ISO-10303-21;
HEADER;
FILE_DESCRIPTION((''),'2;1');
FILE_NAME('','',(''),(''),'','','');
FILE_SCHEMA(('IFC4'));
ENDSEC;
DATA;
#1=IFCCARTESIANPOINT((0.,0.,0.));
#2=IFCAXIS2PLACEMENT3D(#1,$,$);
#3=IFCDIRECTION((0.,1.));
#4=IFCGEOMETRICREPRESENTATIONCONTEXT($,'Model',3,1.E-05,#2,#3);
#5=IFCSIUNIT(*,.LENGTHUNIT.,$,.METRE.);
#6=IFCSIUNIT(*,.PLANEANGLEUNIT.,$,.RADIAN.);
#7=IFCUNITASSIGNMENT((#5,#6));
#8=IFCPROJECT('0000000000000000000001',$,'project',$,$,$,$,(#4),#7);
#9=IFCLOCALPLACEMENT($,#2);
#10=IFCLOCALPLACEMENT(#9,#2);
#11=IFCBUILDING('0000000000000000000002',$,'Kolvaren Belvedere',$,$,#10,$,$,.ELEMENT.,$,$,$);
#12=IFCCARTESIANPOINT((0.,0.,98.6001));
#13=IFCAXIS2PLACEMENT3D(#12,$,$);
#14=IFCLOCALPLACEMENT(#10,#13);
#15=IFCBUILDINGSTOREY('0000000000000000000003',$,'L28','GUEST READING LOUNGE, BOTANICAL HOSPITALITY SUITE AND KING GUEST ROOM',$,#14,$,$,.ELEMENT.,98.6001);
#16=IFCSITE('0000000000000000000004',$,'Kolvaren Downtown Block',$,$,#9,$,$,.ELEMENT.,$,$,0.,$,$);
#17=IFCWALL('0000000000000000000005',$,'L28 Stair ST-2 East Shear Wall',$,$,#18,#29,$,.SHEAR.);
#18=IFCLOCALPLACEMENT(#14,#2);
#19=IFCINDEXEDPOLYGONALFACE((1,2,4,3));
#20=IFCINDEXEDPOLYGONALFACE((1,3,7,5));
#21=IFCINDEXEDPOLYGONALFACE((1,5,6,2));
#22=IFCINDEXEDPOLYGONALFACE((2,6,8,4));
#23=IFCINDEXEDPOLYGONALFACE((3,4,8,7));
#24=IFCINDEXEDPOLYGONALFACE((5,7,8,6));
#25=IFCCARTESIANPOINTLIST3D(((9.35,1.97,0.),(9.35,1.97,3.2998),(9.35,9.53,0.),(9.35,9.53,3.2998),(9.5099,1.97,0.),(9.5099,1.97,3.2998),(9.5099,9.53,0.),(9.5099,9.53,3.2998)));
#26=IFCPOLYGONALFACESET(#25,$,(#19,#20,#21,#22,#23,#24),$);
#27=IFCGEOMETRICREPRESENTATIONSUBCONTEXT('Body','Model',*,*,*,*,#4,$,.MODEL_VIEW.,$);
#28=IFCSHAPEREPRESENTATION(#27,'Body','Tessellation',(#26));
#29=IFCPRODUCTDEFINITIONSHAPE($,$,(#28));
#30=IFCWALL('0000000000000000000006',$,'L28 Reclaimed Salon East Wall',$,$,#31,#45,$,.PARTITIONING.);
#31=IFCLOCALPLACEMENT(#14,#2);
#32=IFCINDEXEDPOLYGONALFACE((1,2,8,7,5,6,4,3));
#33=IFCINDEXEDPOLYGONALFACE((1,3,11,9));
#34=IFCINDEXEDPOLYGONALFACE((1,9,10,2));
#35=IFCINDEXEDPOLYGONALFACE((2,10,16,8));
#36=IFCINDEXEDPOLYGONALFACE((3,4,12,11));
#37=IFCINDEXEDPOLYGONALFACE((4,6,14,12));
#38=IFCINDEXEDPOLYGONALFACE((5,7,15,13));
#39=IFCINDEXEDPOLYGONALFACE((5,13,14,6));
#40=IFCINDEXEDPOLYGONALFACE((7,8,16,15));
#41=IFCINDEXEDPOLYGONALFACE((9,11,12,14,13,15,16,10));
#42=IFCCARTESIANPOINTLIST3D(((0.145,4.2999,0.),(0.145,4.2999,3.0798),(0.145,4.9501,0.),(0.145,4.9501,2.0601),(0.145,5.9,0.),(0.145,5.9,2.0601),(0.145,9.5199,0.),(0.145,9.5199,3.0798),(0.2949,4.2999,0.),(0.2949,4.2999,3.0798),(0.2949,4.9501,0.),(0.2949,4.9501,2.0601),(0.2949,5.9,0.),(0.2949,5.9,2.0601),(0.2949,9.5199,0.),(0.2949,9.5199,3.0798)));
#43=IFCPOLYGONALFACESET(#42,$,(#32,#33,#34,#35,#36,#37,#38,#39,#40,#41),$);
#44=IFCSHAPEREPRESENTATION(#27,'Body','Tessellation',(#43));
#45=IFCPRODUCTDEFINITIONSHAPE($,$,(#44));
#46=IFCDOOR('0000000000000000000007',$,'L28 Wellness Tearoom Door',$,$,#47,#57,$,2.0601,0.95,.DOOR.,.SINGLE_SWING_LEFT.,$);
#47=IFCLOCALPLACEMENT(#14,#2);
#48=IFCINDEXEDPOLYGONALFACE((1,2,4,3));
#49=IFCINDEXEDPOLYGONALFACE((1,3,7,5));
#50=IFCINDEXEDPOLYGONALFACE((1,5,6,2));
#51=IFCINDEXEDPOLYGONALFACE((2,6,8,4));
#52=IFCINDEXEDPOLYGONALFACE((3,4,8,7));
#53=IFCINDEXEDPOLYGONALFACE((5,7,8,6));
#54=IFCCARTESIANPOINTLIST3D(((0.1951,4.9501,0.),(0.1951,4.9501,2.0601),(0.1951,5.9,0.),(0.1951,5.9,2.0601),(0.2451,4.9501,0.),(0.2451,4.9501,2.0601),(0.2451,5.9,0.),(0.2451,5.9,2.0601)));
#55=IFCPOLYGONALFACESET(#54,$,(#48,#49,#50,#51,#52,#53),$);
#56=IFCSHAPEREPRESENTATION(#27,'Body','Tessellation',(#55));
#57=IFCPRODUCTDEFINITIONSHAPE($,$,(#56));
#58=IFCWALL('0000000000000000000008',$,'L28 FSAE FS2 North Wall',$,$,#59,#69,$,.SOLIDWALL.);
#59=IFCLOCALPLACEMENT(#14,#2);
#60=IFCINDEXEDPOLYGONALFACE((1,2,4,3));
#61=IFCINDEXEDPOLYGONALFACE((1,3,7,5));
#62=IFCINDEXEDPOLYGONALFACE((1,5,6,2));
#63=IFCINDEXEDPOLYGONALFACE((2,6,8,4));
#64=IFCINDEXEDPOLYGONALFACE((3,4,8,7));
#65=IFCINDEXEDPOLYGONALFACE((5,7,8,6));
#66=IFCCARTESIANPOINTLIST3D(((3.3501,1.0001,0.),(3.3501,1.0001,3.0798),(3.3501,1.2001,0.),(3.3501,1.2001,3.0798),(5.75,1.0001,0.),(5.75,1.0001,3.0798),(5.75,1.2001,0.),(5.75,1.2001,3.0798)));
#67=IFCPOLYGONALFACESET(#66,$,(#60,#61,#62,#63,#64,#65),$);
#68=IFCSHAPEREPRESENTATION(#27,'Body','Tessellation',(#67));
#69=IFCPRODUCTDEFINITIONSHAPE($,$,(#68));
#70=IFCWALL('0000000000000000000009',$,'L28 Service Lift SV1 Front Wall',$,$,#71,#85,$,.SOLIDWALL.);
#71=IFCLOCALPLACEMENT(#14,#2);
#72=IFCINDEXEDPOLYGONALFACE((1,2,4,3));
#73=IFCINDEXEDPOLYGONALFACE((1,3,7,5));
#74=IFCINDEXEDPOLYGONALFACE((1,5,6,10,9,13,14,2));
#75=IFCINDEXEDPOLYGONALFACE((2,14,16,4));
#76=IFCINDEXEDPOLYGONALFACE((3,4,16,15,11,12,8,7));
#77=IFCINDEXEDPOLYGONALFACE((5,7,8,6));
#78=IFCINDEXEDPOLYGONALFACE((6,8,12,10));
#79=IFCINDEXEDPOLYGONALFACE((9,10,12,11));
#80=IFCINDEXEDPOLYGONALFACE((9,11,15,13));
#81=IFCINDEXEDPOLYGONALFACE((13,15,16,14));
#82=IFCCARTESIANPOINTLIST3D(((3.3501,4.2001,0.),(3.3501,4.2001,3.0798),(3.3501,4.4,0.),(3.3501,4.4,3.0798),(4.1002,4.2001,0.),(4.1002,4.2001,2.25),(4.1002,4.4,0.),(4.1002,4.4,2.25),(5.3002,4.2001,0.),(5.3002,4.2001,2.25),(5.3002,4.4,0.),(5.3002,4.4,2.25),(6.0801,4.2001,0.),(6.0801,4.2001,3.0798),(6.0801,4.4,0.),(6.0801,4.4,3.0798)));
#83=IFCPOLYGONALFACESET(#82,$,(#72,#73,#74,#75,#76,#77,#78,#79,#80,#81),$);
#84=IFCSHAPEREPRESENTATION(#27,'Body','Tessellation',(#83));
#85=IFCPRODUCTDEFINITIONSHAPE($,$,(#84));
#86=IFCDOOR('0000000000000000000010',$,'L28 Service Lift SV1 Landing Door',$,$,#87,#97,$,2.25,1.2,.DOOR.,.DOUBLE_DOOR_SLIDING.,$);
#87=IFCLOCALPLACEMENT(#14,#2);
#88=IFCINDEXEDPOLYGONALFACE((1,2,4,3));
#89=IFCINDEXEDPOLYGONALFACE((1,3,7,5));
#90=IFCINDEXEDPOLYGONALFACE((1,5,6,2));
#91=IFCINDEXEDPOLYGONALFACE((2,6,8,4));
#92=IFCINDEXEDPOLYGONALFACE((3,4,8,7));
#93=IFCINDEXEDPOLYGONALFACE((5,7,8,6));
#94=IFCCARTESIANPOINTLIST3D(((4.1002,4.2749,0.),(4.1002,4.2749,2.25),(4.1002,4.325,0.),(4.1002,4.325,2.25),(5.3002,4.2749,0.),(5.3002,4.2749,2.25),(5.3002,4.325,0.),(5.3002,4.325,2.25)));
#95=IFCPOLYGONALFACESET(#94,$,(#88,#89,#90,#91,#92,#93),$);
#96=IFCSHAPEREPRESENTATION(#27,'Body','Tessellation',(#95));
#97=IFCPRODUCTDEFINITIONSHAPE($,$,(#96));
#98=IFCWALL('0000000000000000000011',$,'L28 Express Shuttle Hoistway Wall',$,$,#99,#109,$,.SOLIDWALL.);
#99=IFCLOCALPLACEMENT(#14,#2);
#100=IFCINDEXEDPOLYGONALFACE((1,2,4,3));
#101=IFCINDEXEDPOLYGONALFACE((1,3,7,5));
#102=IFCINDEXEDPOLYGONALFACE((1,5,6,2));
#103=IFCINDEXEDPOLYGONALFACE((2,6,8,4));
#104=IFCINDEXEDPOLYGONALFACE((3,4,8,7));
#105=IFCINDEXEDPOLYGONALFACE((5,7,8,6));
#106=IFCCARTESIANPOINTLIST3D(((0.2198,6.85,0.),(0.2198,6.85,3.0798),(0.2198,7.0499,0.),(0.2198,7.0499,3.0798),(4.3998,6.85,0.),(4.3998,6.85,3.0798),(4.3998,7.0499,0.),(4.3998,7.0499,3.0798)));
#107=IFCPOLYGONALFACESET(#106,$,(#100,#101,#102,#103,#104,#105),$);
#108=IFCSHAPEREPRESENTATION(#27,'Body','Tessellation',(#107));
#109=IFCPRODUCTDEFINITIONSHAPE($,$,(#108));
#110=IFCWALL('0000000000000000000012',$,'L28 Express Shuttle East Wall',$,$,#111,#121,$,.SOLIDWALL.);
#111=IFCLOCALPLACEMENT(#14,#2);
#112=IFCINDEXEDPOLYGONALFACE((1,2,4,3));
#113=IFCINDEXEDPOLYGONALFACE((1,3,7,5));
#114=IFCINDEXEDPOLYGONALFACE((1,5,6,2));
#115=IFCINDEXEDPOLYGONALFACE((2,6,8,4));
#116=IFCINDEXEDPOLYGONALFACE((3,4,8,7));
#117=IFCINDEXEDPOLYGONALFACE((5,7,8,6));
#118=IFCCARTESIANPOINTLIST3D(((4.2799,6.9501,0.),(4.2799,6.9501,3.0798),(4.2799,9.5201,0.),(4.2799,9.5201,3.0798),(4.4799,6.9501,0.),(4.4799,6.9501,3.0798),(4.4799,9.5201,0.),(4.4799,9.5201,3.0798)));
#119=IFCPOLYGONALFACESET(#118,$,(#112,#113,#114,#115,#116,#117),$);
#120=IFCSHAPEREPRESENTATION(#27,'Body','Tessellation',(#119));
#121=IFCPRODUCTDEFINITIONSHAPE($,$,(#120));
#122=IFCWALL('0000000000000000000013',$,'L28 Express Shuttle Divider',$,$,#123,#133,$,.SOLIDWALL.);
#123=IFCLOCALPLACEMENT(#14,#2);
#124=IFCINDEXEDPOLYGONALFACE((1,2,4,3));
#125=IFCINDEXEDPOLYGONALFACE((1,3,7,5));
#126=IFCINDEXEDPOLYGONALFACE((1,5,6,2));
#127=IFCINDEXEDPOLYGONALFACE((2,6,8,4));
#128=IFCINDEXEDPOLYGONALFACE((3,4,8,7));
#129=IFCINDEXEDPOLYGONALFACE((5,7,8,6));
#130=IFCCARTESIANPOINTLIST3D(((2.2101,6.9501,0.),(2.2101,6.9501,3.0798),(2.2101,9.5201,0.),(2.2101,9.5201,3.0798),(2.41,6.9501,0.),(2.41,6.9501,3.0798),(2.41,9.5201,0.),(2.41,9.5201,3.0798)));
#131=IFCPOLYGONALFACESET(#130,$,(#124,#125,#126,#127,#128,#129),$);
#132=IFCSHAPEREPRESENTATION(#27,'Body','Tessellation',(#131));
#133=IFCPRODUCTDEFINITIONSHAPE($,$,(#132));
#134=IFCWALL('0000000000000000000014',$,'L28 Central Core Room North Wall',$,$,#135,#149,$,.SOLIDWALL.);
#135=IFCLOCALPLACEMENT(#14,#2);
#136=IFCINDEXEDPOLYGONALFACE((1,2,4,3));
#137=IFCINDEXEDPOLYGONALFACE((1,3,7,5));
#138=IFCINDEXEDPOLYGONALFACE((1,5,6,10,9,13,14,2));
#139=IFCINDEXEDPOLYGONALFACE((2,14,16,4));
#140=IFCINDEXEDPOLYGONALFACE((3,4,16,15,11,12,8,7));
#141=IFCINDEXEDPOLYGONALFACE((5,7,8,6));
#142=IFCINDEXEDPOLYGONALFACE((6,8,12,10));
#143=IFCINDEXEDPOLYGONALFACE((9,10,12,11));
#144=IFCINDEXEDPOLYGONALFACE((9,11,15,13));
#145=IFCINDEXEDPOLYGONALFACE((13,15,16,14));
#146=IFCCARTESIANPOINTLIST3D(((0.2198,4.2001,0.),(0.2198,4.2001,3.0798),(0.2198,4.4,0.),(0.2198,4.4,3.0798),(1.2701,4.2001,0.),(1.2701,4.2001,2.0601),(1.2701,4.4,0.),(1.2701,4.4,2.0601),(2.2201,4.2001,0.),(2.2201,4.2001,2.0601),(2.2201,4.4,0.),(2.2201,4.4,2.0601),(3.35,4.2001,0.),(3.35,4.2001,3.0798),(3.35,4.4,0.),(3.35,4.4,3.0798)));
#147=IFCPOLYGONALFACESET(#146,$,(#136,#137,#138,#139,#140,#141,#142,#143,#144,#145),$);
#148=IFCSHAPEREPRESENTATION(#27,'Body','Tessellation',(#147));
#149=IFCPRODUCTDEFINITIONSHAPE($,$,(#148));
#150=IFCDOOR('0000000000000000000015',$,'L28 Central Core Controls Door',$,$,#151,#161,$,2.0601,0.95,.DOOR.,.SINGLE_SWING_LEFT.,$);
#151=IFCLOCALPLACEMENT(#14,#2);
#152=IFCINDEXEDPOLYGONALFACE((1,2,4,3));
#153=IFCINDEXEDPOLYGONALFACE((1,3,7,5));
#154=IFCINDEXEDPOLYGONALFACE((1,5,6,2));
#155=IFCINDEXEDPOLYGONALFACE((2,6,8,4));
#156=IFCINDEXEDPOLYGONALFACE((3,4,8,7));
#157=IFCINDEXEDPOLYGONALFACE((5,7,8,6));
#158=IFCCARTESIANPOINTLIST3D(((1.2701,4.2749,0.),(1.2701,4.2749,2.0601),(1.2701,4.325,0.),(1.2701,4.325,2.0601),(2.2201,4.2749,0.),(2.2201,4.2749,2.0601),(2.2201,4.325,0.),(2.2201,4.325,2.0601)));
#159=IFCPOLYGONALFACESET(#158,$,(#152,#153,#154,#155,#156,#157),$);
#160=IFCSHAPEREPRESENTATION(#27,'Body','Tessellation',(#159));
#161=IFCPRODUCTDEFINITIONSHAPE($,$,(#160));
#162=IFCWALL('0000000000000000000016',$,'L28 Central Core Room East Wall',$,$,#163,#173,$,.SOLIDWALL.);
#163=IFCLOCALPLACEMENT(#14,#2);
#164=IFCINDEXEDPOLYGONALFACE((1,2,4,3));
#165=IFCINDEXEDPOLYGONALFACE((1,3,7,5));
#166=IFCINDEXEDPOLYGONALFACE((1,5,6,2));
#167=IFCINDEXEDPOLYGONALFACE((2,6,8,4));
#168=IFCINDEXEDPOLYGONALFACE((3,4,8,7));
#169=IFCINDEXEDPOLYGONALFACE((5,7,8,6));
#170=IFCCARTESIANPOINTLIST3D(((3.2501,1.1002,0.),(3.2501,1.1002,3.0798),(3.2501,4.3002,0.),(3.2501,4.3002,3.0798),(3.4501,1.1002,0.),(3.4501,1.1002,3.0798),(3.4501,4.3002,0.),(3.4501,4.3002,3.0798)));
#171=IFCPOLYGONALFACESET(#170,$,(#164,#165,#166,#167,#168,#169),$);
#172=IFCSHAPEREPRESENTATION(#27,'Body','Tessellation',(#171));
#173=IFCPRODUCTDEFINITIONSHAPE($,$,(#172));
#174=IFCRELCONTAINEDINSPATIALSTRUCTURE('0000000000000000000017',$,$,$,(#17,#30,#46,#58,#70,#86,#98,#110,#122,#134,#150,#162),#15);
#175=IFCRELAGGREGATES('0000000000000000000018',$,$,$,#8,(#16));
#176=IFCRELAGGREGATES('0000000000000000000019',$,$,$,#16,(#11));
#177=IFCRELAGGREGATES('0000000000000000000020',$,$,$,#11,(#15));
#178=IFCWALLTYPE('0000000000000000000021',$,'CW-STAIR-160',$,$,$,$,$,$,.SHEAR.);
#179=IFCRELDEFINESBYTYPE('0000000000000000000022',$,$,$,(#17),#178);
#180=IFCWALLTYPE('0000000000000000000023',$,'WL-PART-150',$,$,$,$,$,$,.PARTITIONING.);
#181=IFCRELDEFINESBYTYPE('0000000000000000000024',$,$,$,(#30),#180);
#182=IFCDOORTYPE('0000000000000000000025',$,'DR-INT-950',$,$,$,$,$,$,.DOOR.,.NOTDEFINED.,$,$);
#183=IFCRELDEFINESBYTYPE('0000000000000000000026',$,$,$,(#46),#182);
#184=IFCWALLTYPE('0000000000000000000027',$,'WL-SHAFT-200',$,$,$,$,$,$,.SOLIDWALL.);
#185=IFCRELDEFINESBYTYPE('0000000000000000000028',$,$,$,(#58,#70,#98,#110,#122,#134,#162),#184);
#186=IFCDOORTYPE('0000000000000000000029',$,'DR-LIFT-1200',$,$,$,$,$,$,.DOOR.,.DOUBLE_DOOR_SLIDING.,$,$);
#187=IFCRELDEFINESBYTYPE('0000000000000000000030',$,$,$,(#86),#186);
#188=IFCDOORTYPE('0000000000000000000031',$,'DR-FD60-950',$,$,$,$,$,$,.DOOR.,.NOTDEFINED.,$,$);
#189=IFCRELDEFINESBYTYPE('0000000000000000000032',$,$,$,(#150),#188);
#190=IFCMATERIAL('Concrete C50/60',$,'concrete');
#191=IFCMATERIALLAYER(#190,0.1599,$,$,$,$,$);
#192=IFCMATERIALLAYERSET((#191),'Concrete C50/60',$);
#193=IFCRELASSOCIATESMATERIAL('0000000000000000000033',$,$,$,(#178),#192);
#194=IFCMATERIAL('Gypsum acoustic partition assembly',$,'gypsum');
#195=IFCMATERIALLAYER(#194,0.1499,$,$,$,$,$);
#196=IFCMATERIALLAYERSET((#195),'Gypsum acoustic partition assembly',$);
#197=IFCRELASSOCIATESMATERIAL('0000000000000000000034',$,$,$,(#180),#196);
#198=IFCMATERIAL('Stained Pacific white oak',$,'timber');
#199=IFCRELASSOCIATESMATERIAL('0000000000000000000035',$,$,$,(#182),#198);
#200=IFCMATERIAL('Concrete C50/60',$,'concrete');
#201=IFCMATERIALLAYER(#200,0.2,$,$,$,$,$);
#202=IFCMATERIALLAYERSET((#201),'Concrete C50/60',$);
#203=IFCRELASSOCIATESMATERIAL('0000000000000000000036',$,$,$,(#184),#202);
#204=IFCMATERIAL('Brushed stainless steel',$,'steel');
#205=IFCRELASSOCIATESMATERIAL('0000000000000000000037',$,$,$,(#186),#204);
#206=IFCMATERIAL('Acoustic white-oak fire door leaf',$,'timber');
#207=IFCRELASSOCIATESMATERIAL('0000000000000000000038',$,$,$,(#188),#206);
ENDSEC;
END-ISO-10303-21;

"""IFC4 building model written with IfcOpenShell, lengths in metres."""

from ifc_helpers import new_model, si_unit, direction, frame, frame_2d, origin, place, context, subcontext, project, spatial, rectangle, extrude, material, layer, layer_set, type_object, element, fill, save


model = new_model("IFC4")

# Units and contexts
model_context = context("Model", 3, precision=1e-05, world=origin(), true_north=direction((0.0, 1.0)))
body_context = subcontext(model_context, "Body", "Model", "MODEL_VIEW")
ifc_project = project(units=[si_unit("LENGTHUNIT", "METRE"), si_unit("PLANEANGLEUNIT", "RADIAN")], contexts=[model_context])

# Site, building, storey
site_placement = place(None, origin())
site = spatial("IfcSite", under=ifc_project, at=site_placement, Name="Kolvaren Downtown Block", CompositionType="ELEMENT", RefElevation=0.0)
building_placement = place(site_placement, origin())
building = spatial("IfcBuilding", under=site, at=building_placement, Name="Kolvaren Belvedere", CompositionType="ELEMENT")
storey_placement = place(building_placement, frame((0.0, 0.0, 98.6001)))
storey = spatial("IfcBuildingStorey", under=building, at=storey_placement, Name="L28", Description="GUEST READING LOUNGE, BOTANICAL HOSPITALITY SUITE AND KING GUEST ROOM", CompositionType="ELEMENT", Elevation=98.6001)

# Shared definitions
ifc_material_1 = material(Name="Concrete C50/60", Category="concrete")
ifc_layer_1 = layer(ifc_material_1, 0.1599)
ifc_layer_set_1 = layer_set([ifc_layer_1], Name="Concrete C50/60")
wall_type_1 = type_object("IfcWallType", Name="CW-STAIR-160", PredefinedType="SHEAR", material=ifc_layer_set_1)

# Wall
for number, where, z_axis, x_axis, name in (
    (1, (9.4299, 1.97, 0.0), (0.0, 0.0, 1.0), (0.0, 1.0, 0.0), "L28 Stair ST-2 East Shear Wall"),
):
    element("IfcWall", number, at=place(storey_placement, frame(where, z_axis=z_axis, x_axis=x_axis)), inside=storey, type_object=wall_type_1, Name=name, PredefinedType="SHEAR", context=body_context, shape_type="SweptSolid", body=[
        extrude(rectangle(XDim=7.5601, YDim=0.1599, at=frame_2d((3.78, 0.0))), origin(), (0.0, 0.0, 1.0), 3.2998),
    ])

# Wall, opening, door
ifc_material_2 = material(Name="Gypsum acoustic partition assembly", Category="gypsum")
ifc_layer_2 = layer(ifc_material_2, 0.1499)
ifc_layer_set_2 = layer_set([ifc_layer_2], Name="Gypsum acoustic partition assembly")
wall_type_2 = type_object("IfcWallType", Name="WL-PART-150", PredefinedType="PARTITIONING", material=ifc_layer_set_2)
wall_1_placement = place(storey_placement, frame((0.22, 4.3, 0.0), z_axis=(0.0, 0.0, 1.0), x_axis=(0.0, 1.0, 0.0)))
wall_1 = element("IfcWall", 2, at=wall_1_placement, inside=storey, type_object=wall_type_2, Name="L28 Reclaimed Salon East Wall", PredefinedType="PARTITIONING", context=body_context, shape_type="SweptSolid", body=[
    extrude(rectangle(XDim=5.22, YDim=0.1499, at=frame_2d((2.6099, 0.0))), origin(), (0.0, 0.0, 1.0), 3.0798),
])
opening_1_placement = place(wall_1_placement, frame((0.6499, 0.0, 0.0)))
opening_1 = element("IfcOpeningElement", 3, at=opening_1_placement, cuts=wall_1, PredefinedType="OPENING", context=body_context, shape_type="SweptSolid", body=[
    extrude(rectangle(XDim=0.95, YDim=2.0601, at=frame_2d((0.4751, 1.03))), frame((0.0, 0.085, 0.0), z_axis=(0.0, -1.0, 0.0), x_axis=(1.0, 0.0, 0.0)), (0.0, 0.0, 1.0), 0.1699),
])
ifc_material_3 = material(Name="Stained Pacific white oak", Category="timber")
door_type_1 = type_object("IfcDoorType", Name="DR-INT-950", OperationType="NOTDEFINED", PredefinedType="DOOR", material=ifc_material_3)
door_1_placement = place(opening_1_placement, origin())
door_1 = element("IfcDoor", 4, at=door_1_placement, inside=storey, type_object=door_type_1, Name="L28 Wellness Tearoom Door", OperationType="SINGLE_SWING_LEFT", OverallHeight=2.0601, OverallWidth=0.95, PredefinedType="DOOR", context=body_context, shape_type="SweptSolid", body=[
    extrude(rectangle(XDim=0.95, YDim=2.0601, at=frame_2d((0.4751, 1.03))), frame((0.0, 0.0249, 0.0), z_axis=(0.0, -1.0, 0.0), x_axis=(1.0, 0.0, 0.0)), (0.0, 0.0, 1.0), 0.05),
])
fill(opening_1, door_1)

# Wall
ifc_material_4 = material(Name="Concrete C50/60", Category="concrete")
ifc_layer_3 = layer(ifc_material_4, 0.2)
ifc_layer_set_3 = layer_set([ifc_layer_3], Name="Concrete C50/60")
wall_type_3 = type_object("IfcWallType", Name="WL-SHAFT-200", PredefinedType="SOLIDWALL", material=ifc_layer_set_3)
wall_2_placement = place(storey_placement, frame((3.3501, 1.1001, 0.0), z_axis=(0.0, 0.0, 1.0), x_axis=(1.0, 0.0, 0.0)))
element("IfcWall", 5, at=wall_2_placement, inside=storey, type_object=wall_type_3, Name="L28 FSAE FS2 North Wall", PredefinedType="SOLIDWALL", context=body_context, shape_type="SweptSolid", body=[
    extrude(rectangle(XDim=2.3999, YDim=0.2, at=frame_2d((1.2, 0.0))), origin(), (0.0, 0.0, 1.0), 3.0798),
])

# Wall, opening, door
wall_3_placement = place(storey_placement, frame((3.3501, 4.3, 0.0), z_axis=(0.0, 0.0, 1.0), x_axis=(1.0, 0.0, 0.0)))
wall_3 = element("IfcWall", 6, at=wall_3_placement, inside=storey, type_object=wall_type_3, Name="L28 Service Lift SV1 Front Wall", PredefinedType="SOLIDWALL", context=body_context, shape_type="SweptSolid", body=[
    extrude(rectangle(XDim=2.73, YDim=0.2, at=frame_2d((1.365, 0.0))), origin(), (0.0, 0.0, 1.0), 3.0798),
])
opening_2_placement = place(wall_3_placement, frame((0.75, 0.0, 0.0)))
opening_2 = element("IfcOpeningElement", 7, at=opening_2_placement, cuts=wall_3, PredefinedType="OPENING", context=body_context, shape_type="SweptSolid", body=[
    extrude(rectangle(XDim=1.2, YDim=2.25, at=frame_2d((0.6001, 1.125))), frame((0.0, 0.1099, 0.0), z_axis=(0.0, -1.0, 0.0), x_axis=(1.0, 0.0, 0.0)), (0.0, 0.0, 1.0), 0.22),
])
ifc_material_5 = material(Name="Brushed stainless steel", Category="steel")
door_type_2 = type_object("IfcDoorType", Name="DR-LIFT-1200", OperationType="DOUBLE_DOOR_SLIDING", PredefinedType="DOOR", material=ifc_material_5)
door_2_placement = place(opening_2_placement, origin())
door_2 = element("IfcDoor", 8, at=door_2_placement, inside=storey, type_object=door_type_2, Name="L28 Service Lift SV1 Landing Door", OperationType="DOUBLE_DOOR_SLIDING", OverallHeight=2.25, OverallWidth=1.2, PredefinedType="DOOR", context=body_context, shape_type="SweptSolid", body=[
    extrude(rectangle(XDim=1.2, YDim=2.25, at=frame_2d((0.6001, 1.125))), frame((0.0, 0.0249, 0.0), z_axis=(0.0, -1.0, 0.0), x_axis=(1.0, 0.0, 0.0)), (0.0, 0.0, 1.0), 0.05),
])
fill(opening_2, door_2)

# Walls
wall_4_placement = place(storey_placement, frame((0.22, 6.95, 0.0), z_axis=(0.0, 0.0, 1.0), x_axis=(1.0, 0.0, 0.0)))
element("IfcWall", 9, at=wall_4_placement, inside=storey, type_object=wall_type_3, Name="L28 Express Shuttle Hoistway Wall", PredefinedType="SOLIDWALL", context=body_context, shape_type="SweptSolid", body=[
    extrude(rectangle(XDim=4.1799, YDim=0.2, at=frame_2d((2.0898, 0.0))), origin(), (0.0, 0.0, 1.0), 3.0798),
])
for number, where, z_axis, x_axis, name in (
    (10, (4.3799, 6.95, 0.0), (0.0, 0.0, 1.0), (0.0, 1.0, 0.0), "L28 Express Shuttle East Wall"),
    (11, (2.3101, 6.95, 0.0), (0.0, 0.0, 1.0), (0.0, 1.0, 0.0), "L28 Express Shuttle Divider"),
):
    element("IfcWall", number, at=place(storey_placement, frame(where, z_axis=z_axis, x_axis=x_axis)), inside=storey, type_object=wall_type_3, Name=name, PredefinedType="SOLIDWALL", context=body_context, shape_type="SweptSolid", body=[
        extrude(rectangle(XDim=2.5701, YDim=0.2, at=frame_2d((1.2852, 0.0))), origin(), (0.0, 0.0, 1.0), 3.0798),
    ])

# Wall, opening, door
wall_5_placement = place(storey_placement, frame((0.22, 4.3, 0.0), z_axis=(0.0, 0.0, 1.0), x_axis=(1.0, 0.0, 0.0)))
wall_5 = element("IfcWall", 12, at=wall_5_placement, inside=storey, type_object=wall_type_3, Name="L28 Central Core Room North Wall", PredefinedType="SOLIDWALL", context=body_context, shape_type="SweptSolid", body=[
    extrude(rectangle(XDim=3.1301, YDim=0.2, at=frame_2d((1.5649, 0.0))), origin(), (0.0, 0.0, 1.0), 3.0798),
])
opening_3_placement = place(wall_5_placement, frame((1.05, 0.0, 0.0)))
opening_3 = element("IfcOpeningElement", 13, at=opening_3_placement, cuts=wall_5, PredefinedType="OPENING", context=body_context, shape_type="SweptSolid", body=[
    extrude(rectangle(XDim=0.95, YDim=2.0601, at=frame_2d((0.4751, 1.03))), frame((0.0, 0.1099, 0.0), z_axis=(0.0, -1.0, 0.0), x_axis=(1.0, 0.0, 0.0)), (0.0, 0.0, 1.0), 0.22),
])
ifc_material_6 = material(Name="Acoustic white-oak fire door leaf", Category="timber")
door_type_3 = type_object("IfcDoorType", Name="DR-FD60-950", OperationType="NOTDEFINED", PredefinedType="DOOR", material=ifc_material_6)
door_3_placement = place(opening_3_placement, origin())
door_3 = element("IfcDoor", 14, at=door_3_placement, inside=storey, type_object=door_type_3, Name="L28 Central Core Controls Door", OperationType="SINGLE_SWING_LEFT", OverallHeight=2.0601, OverallWidth=0.95, PredefinedType="DOOR", context=body_context, shape_type="SweptSolid", body=[
    extrude(rectangle(XDim=0.95, YDim=2.0601, at=frame_2d((0.4751, 1.03))), frame((0.0, 0.0249, 0.0), z_axis=(0.0, -1.0, 0.0), x_axis=(1.0, 0.0, 0.0)), (0.0, 0.0, 1.0), 0.05),
])
fill(opening_3, door_3)

# Wall
wall_6_placement = place(storey_placement, frame((3.3501, 1.1001, 0.0), z_axis=(0.0, 0.0, 1.0), x_axis=(0.0, 1.0, 0.0)))
element("IfcWall", 15, at=wall_6_placement, inside=storey, type_object=wall_type_3, Name="L28 Central Core Room East Wall", PredefinedType="SOLIDWALL", context=body_context, shape_type="SweptSolid", body=[
    extrude(rectangle(XDim=3.2, YDim=0.2, at=frame_2d((1.6001, 0.0))), origin(), (0.0, 0.0, 1.0), 3.0798),
])

save(model, "model.ifc")
